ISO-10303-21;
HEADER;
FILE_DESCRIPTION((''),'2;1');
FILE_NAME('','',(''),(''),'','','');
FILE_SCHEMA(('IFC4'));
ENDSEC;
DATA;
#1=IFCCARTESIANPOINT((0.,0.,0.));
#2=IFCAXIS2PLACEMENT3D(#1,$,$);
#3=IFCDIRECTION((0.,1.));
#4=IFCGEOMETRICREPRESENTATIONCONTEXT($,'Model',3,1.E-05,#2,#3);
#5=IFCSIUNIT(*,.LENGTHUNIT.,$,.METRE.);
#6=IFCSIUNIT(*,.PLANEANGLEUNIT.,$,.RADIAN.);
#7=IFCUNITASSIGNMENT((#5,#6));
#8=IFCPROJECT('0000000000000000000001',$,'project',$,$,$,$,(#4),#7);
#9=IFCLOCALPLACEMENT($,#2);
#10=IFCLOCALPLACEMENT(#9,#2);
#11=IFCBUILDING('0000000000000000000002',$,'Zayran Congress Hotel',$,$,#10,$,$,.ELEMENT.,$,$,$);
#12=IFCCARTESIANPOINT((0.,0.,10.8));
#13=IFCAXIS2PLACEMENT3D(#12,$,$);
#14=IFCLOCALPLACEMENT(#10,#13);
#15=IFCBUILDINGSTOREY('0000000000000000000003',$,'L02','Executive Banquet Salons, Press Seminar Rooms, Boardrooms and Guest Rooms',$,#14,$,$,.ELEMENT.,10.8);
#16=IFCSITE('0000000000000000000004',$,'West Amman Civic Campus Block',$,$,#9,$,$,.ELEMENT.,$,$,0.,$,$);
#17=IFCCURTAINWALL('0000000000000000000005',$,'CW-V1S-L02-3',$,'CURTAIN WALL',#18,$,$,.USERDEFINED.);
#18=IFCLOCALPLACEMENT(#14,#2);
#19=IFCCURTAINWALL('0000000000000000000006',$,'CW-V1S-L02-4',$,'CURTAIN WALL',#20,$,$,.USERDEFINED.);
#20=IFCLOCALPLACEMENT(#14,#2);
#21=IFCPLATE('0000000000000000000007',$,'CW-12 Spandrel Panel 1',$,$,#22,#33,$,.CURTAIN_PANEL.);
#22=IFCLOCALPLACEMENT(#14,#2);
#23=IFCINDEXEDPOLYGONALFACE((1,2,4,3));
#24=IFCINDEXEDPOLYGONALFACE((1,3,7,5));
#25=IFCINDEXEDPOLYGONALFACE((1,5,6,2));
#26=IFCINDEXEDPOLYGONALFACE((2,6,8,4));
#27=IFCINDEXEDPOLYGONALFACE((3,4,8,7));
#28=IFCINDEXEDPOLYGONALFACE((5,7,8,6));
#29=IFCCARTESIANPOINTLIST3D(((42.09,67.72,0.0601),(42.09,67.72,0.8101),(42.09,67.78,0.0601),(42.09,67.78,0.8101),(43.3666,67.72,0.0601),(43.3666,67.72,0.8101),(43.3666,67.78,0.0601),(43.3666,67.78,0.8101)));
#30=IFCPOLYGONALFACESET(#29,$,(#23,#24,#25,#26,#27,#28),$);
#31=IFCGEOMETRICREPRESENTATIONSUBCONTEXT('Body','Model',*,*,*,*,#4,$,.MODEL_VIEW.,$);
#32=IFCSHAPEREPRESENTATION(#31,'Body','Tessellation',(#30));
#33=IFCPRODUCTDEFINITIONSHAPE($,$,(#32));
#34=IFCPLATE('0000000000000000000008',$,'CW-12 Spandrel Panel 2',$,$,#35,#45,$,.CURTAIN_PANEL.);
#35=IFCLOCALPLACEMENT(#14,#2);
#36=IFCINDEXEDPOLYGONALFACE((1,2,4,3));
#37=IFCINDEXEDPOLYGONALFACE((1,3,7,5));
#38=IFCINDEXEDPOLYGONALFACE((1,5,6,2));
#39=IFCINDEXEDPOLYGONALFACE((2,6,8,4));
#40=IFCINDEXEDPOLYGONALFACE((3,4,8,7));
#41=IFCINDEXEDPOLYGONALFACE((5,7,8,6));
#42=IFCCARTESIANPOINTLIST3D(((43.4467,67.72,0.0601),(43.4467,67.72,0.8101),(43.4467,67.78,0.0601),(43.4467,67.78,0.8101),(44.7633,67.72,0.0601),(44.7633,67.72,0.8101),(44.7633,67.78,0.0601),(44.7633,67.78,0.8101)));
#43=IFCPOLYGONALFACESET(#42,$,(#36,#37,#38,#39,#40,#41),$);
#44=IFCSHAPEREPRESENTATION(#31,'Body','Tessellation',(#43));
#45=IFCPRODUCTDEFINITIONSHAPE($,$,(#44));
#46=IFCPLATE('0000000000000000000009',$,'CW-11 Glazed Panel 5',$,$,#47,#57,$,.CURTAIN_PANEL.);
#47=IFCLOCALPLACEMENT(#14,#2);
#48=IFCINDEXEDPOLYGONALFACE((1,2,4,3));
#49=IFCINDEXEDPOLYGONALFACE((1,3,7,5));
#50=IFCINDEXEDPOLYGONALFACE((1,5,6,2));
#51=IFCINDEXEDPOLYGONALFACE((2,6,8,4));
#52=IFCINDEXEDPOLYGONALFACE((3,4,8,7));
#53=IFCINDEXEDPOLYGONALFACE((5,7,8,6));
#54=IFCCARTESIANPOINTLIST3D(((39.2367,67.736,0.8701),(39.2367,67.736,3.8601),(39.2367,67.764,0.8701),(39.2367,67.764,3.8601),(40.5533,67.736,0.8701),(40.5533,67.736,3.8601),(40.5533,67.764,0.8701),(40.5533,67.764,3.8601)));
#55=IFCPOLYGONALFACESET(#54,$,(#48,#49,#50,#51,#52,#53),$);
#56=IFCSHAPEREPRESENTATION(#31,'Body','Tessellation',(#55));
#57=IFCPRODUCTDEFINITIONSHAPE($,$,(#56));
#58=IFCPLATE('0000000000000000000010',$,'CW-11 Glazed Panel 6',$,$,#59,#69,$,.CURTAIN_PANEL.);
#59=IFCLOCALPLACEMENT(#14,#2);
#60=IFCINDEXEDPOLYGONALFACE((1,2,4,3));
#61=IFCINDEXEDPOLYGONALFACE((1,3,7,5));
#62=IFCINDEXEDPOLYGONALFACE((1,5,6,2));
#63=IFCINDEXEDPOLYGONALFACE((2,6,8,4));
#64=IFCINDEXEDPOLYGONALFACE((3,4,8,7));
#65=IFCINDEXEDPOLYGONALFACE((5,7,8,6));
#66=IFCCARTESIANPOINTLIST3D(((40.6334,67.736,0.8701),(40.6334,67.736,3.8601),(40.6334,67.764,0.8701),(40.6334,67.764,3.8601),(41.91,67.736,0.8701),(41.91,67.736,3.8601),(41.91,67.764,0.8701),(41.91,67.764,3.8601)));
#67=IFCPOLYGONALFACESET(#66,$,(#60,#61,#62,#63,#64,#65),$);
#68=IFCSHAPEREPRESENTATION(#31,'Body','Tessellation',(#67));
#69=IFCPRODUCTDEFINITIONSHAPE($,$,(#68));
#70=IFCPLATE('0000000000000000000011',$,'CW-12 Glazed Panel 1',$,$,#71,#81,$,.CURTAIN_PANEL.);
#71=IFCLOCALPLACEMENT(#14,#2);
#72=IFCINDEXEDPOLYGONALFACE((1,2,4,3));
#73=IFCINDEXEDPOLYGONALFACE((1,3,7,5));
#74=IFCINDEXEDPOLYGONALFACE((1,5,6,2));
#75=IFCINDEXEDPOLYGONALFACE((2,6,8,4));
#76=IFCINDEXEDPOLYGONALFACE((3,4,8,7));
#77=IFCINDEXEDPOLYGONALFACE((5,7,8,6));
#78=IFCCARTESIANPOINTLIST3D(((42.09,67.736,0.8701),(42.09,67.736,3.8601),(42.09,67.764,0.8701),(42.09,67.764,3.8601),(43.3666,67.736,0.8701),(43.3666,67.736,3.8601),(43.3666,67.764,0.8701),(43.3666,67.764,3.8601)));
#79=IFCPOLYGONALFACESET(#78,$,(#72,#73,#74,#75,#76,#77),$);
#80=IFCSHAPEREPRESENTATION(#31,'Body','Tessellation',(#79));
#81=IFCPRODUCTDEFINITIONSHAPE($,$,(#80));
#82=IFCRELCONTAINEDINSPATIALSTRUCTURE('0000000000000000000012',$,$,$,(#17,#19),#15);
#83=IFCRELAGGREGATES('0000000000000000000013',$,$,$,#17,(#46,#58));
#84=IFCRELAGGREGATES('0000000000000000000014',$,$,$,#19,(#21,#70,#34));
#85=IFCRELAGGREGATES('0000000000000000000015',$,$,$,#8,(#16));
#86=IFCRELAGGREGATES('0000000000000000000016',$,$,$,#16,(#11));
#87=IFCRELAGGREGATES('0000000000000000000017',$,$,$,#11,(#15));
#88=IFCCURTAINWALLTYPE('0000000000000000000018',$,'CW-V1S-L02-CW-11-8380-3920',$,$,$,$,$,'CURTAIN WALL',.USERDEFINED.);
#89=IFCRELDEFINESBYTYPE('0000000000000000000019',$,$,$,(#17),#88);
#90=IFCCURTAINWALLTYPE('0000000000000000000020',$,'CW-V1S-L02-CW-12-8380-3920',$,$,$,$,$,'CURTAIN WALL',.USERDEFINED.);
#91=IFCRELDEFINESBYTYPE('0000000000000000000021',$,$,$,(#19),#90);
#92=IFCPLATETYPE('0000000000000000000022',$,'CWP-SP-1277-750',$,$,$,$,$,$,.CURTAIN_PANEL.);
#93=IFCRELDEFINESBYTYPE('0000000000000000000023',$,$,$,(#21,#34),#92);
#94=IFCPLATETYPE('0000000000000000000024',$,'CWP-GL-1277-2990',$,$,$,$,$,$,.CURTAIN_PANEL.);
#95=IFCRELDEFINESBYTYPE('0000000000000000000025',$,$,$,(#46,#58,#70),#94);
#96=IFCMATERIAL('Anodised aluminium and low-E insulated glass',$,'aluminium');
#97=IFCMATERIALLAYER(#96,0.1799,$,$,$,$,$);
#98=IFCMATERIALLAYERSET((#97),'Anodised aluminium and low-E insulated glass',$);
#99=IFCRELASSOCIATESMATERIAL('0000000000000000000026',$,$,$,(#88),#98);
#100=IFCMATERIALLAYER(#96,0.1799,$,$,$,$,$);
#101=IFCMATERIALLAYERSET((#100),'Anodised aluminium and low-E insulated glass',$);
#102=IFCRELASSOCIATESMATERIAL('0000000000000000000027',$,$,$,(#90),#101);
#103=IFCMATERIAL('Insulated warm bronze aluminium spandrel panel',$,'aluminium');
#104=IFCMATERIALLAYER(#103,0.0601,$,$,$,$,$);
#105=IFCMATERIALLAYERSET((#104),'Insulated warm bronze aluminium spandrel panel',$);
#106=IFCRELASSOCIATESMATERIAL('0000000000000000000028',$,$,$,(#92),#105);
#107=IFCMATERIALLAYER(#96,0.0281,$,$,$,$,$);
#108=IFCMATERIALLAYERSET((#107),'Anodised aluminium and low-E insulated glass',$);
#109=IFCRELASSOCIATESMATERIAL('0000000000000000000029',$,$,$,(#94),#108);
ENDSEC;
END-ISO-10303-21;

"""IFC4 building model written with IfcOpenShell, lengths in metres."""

from ifc_helpers import new_model, si_unit, direction, frame, origin, origin_2d, place, context, subcontext, project, spatial, rectangle, extrude, material, layer, layer_set, type_object, element, aggregate, save


model = new_model("IFC4")

# Units and contexts
model_context = context("Model", 3, precision=1e-05, world=origin(), true_north=direction((0.0, 1.0)))
body_context = subcontext(model_context, "Body", "Model", "MODEL_VIEW")
ifc_project = project(units=[si_unit("LENGTHUNIT", "METRE"), si_unit("PLANEANGLEUNIT", "RADIAN")], contexts=[model_context])

# Site, building, storey
site_placement = place(None, origin())
site = spatial("IfcSite", under=ifc_project, at=site_placement, Name="West Amman Civic Campus Block", CompositionType="ELEMENT", RefElevation=0.0)
building_placement = place(site_placement, origin())
building = spatial("IfcBuilding", under=site, at=building_placement, Name="Zayran Congress Hotel", CompositionType="ELEMENT")
storey_placement = place(building_placement, frame((0.0, 0.0, 10.8)))
storey = spatial("IfcBuildingStorey", under=building, at=storey_placement, Name="L02", Description="Executive Banquet Salons, Press Seminar Rooms, Boardrooms and Guest Rooms", CompositionType="ELEMENT", Elevation=10.8)

# Curtain walls
ifc_material_1 = material(Name="Anodised aluminium and low-E insulated glass", Category="aluminium")
ifc_layer_1 = layer(ifc_material_1, 0.1799)
ifc_layer_set_1 = layer_set([ifc_layer_1], Name="Anodised aluminium and low-E insulated glass")
curtain_wall_type_1 = type_object("IfcCurtainWallType", Name="CW-V1S-L02-CW-11-8380-3920", ElementType="CURTAIN WALL", PredefinedType="USERDEFINED", material=ifc_layer_set_1)
curtain_wall_1_placement = place(storey_placement, origin())
curtain_wall_1 = element("IfcCurtainWall", 1, at=curtain_wall_1_placement, inside=storey, type_object=curtain_wall_type_1, Name="CW-V1S-L02-3", ObjectType="CURTAIN WALL", PredefinedType="USERDEFINED")
ifc_layer_2 = layer(ifc_material_1, 0.1799)
ifc_layer_set_2 = layer_set([ifc_layer_2], Name="Anodised aluminium and low-E insulated glass")
curtain_wall_type_2 = type_object("IfcCurtainWallType", Name="CW-V1S-L02-CW-12-8380-3920", ElementType="CURTAIN WALL", PredefinedType="USERDEFINED", material=ifc_layer_set_2)
curtain_wall_2_placement = place(storey_placement, origin())
curtain_wall_2 = element("IfcCurtainWall", 2, at=curtain_wall_2_placement, inside=storey, type_object=curtain_wall_type_2, Name="CW-V1S-L02-4", ObjectType="CURTAIN WALL", PredefinedType="USERDEFINED")

# Plates
ifc_material_2 = material(Name="Insulated warm bronze aluminium spandrel panel", Category="aluminium")
ifc_layer_3 = layer(ifc_material_2, 0.0601)
ifc_layer_set_3 = layer_set([ifc_layer_3], Name="Insulated warm bronze aluminium spandrel panel")
plate_type_1 = type_object("IfcPlateType", Name="CWP-SP-1277-750", PredefinedType="CURTAIN_PANEL", material=ifc_layer_set_3)
plate_1_placement = place(storey_placement, frame((42.7283, 67.75, 0.0601), z_axis=(0.0, 0.0, 1.0), x_axis=(1.0, 0.0, 0.0)))
plate_1 = element("IfcPlate", 3, at=plate_1_placement, type_object=plate_type_1, Name="CW-12 Spandrel Panel 1", PredefinedType="CURTAIN_PANEL", context=body_context, shape_type="SweptSolid", body=[
    extrude(rectangle(XDim=1.2766, YDim=0.0601, at=origin_2d()), origin(), (0.0, 0.0, 1.0), 0.75),
])
plate_2_placement = place(storey_placement, frame((44.105, 67.75, 0.0601), z_axis=(0.0, 0.0, 1.0), x_axis=(1.0, 0.0, 0.0)))
plate_2 = element("IfcPlate", 4, at=plate_2_placement, type_object=plate_type_1, Name="CW-12 Spandrel Panel 2", PredefinedType="CURTAIN_PANEL", context=body_context, shape_type="SweptSolid", body=[
    extrude(rectangle(XDim=1.3167, YDim=0.0601, at=origin_2d()), origin(), (0.0, 0.0, 1.0), 0.75),
])
ifc_layer_4 = layer(ifc_material_1, 0.0281)
ifc_layer_set_4 = layer_set([ifc_layer_4], Name="Anodised aluminium and low-E insulated glass")
plate_type_2 = type_object("IfcPlateType", Name="CWP-GL-1277-2990", PredefinedType="CURTAIN_PANEL", material=ifc_layer_set_4)
plate_3_placement = place(storey_placement, frame((39.895, 67.75, 0.8701), z_axis=(0.0, 0.0, 1.0), x_axis=(1.0, 0.0, 0.0)))
plate_3 = element("IfcPlate", 5, at=plate_3_placement, type_object=plate_type_2, Name="CW-11 Glazed Panel 5", PredefinedType="CURTAIN_PANEL", context=body_context, shape_type="SweptSolid", body=[
    extrude(rectangle(XDim=1.3167, YDim=0.0281, at=origin_2d()), origin(), (0.0, 0.0, 1.0), 2.99),
])
plate_4_placement = place(storey_placement, frame((41.2717, 67.75, 0.8701), z_axis=(0.0, 0.0, 1.0), x_axis=(1.0, 0.0, 0.0)))
plate_4 = element("IfcPlate", 6, at=plate_4_placement, type_object=plate_type_2, Name="CW-11 Glazed Panel 6", PredefinedType="CURTAIN_PANEL", context=body_context, shape_type="SweptSolid", body=[
    extrude(rectangle(XDim=1.2766, YDim=0.0281, at=origin_2d()), origin(), (0.0, 0.0, 1.0), 2.99),
])
aggregate(curtain_wall_1, [plate_3, plate_4])
plate_5_placement = place(storey_placement, frame((42.7283, 67.75, 0.8701), z_axis=(0.0, 0.0, 1.0), x_axis=(1.0, 0.0, 0.0)))
plate_5 = element("IfcPlate", 7, at=plate_5_placement, type_object=plate_type_2, Name="CW-12 Glazed Panel 1", PredefinedType="CURTAIN_PANEL", context=body_context, shape_type="SweptSolid", body=[
    extrude(rectangle(XDim=1.2766, YDim=0.0281, at=origin_2d()), origin(), (0.0, 0.0, 1.0), 2.99),
])
aggregate(curtain_wall_2, [plate_1, plate_5, plate_2])

save(model, "model.ifc")
